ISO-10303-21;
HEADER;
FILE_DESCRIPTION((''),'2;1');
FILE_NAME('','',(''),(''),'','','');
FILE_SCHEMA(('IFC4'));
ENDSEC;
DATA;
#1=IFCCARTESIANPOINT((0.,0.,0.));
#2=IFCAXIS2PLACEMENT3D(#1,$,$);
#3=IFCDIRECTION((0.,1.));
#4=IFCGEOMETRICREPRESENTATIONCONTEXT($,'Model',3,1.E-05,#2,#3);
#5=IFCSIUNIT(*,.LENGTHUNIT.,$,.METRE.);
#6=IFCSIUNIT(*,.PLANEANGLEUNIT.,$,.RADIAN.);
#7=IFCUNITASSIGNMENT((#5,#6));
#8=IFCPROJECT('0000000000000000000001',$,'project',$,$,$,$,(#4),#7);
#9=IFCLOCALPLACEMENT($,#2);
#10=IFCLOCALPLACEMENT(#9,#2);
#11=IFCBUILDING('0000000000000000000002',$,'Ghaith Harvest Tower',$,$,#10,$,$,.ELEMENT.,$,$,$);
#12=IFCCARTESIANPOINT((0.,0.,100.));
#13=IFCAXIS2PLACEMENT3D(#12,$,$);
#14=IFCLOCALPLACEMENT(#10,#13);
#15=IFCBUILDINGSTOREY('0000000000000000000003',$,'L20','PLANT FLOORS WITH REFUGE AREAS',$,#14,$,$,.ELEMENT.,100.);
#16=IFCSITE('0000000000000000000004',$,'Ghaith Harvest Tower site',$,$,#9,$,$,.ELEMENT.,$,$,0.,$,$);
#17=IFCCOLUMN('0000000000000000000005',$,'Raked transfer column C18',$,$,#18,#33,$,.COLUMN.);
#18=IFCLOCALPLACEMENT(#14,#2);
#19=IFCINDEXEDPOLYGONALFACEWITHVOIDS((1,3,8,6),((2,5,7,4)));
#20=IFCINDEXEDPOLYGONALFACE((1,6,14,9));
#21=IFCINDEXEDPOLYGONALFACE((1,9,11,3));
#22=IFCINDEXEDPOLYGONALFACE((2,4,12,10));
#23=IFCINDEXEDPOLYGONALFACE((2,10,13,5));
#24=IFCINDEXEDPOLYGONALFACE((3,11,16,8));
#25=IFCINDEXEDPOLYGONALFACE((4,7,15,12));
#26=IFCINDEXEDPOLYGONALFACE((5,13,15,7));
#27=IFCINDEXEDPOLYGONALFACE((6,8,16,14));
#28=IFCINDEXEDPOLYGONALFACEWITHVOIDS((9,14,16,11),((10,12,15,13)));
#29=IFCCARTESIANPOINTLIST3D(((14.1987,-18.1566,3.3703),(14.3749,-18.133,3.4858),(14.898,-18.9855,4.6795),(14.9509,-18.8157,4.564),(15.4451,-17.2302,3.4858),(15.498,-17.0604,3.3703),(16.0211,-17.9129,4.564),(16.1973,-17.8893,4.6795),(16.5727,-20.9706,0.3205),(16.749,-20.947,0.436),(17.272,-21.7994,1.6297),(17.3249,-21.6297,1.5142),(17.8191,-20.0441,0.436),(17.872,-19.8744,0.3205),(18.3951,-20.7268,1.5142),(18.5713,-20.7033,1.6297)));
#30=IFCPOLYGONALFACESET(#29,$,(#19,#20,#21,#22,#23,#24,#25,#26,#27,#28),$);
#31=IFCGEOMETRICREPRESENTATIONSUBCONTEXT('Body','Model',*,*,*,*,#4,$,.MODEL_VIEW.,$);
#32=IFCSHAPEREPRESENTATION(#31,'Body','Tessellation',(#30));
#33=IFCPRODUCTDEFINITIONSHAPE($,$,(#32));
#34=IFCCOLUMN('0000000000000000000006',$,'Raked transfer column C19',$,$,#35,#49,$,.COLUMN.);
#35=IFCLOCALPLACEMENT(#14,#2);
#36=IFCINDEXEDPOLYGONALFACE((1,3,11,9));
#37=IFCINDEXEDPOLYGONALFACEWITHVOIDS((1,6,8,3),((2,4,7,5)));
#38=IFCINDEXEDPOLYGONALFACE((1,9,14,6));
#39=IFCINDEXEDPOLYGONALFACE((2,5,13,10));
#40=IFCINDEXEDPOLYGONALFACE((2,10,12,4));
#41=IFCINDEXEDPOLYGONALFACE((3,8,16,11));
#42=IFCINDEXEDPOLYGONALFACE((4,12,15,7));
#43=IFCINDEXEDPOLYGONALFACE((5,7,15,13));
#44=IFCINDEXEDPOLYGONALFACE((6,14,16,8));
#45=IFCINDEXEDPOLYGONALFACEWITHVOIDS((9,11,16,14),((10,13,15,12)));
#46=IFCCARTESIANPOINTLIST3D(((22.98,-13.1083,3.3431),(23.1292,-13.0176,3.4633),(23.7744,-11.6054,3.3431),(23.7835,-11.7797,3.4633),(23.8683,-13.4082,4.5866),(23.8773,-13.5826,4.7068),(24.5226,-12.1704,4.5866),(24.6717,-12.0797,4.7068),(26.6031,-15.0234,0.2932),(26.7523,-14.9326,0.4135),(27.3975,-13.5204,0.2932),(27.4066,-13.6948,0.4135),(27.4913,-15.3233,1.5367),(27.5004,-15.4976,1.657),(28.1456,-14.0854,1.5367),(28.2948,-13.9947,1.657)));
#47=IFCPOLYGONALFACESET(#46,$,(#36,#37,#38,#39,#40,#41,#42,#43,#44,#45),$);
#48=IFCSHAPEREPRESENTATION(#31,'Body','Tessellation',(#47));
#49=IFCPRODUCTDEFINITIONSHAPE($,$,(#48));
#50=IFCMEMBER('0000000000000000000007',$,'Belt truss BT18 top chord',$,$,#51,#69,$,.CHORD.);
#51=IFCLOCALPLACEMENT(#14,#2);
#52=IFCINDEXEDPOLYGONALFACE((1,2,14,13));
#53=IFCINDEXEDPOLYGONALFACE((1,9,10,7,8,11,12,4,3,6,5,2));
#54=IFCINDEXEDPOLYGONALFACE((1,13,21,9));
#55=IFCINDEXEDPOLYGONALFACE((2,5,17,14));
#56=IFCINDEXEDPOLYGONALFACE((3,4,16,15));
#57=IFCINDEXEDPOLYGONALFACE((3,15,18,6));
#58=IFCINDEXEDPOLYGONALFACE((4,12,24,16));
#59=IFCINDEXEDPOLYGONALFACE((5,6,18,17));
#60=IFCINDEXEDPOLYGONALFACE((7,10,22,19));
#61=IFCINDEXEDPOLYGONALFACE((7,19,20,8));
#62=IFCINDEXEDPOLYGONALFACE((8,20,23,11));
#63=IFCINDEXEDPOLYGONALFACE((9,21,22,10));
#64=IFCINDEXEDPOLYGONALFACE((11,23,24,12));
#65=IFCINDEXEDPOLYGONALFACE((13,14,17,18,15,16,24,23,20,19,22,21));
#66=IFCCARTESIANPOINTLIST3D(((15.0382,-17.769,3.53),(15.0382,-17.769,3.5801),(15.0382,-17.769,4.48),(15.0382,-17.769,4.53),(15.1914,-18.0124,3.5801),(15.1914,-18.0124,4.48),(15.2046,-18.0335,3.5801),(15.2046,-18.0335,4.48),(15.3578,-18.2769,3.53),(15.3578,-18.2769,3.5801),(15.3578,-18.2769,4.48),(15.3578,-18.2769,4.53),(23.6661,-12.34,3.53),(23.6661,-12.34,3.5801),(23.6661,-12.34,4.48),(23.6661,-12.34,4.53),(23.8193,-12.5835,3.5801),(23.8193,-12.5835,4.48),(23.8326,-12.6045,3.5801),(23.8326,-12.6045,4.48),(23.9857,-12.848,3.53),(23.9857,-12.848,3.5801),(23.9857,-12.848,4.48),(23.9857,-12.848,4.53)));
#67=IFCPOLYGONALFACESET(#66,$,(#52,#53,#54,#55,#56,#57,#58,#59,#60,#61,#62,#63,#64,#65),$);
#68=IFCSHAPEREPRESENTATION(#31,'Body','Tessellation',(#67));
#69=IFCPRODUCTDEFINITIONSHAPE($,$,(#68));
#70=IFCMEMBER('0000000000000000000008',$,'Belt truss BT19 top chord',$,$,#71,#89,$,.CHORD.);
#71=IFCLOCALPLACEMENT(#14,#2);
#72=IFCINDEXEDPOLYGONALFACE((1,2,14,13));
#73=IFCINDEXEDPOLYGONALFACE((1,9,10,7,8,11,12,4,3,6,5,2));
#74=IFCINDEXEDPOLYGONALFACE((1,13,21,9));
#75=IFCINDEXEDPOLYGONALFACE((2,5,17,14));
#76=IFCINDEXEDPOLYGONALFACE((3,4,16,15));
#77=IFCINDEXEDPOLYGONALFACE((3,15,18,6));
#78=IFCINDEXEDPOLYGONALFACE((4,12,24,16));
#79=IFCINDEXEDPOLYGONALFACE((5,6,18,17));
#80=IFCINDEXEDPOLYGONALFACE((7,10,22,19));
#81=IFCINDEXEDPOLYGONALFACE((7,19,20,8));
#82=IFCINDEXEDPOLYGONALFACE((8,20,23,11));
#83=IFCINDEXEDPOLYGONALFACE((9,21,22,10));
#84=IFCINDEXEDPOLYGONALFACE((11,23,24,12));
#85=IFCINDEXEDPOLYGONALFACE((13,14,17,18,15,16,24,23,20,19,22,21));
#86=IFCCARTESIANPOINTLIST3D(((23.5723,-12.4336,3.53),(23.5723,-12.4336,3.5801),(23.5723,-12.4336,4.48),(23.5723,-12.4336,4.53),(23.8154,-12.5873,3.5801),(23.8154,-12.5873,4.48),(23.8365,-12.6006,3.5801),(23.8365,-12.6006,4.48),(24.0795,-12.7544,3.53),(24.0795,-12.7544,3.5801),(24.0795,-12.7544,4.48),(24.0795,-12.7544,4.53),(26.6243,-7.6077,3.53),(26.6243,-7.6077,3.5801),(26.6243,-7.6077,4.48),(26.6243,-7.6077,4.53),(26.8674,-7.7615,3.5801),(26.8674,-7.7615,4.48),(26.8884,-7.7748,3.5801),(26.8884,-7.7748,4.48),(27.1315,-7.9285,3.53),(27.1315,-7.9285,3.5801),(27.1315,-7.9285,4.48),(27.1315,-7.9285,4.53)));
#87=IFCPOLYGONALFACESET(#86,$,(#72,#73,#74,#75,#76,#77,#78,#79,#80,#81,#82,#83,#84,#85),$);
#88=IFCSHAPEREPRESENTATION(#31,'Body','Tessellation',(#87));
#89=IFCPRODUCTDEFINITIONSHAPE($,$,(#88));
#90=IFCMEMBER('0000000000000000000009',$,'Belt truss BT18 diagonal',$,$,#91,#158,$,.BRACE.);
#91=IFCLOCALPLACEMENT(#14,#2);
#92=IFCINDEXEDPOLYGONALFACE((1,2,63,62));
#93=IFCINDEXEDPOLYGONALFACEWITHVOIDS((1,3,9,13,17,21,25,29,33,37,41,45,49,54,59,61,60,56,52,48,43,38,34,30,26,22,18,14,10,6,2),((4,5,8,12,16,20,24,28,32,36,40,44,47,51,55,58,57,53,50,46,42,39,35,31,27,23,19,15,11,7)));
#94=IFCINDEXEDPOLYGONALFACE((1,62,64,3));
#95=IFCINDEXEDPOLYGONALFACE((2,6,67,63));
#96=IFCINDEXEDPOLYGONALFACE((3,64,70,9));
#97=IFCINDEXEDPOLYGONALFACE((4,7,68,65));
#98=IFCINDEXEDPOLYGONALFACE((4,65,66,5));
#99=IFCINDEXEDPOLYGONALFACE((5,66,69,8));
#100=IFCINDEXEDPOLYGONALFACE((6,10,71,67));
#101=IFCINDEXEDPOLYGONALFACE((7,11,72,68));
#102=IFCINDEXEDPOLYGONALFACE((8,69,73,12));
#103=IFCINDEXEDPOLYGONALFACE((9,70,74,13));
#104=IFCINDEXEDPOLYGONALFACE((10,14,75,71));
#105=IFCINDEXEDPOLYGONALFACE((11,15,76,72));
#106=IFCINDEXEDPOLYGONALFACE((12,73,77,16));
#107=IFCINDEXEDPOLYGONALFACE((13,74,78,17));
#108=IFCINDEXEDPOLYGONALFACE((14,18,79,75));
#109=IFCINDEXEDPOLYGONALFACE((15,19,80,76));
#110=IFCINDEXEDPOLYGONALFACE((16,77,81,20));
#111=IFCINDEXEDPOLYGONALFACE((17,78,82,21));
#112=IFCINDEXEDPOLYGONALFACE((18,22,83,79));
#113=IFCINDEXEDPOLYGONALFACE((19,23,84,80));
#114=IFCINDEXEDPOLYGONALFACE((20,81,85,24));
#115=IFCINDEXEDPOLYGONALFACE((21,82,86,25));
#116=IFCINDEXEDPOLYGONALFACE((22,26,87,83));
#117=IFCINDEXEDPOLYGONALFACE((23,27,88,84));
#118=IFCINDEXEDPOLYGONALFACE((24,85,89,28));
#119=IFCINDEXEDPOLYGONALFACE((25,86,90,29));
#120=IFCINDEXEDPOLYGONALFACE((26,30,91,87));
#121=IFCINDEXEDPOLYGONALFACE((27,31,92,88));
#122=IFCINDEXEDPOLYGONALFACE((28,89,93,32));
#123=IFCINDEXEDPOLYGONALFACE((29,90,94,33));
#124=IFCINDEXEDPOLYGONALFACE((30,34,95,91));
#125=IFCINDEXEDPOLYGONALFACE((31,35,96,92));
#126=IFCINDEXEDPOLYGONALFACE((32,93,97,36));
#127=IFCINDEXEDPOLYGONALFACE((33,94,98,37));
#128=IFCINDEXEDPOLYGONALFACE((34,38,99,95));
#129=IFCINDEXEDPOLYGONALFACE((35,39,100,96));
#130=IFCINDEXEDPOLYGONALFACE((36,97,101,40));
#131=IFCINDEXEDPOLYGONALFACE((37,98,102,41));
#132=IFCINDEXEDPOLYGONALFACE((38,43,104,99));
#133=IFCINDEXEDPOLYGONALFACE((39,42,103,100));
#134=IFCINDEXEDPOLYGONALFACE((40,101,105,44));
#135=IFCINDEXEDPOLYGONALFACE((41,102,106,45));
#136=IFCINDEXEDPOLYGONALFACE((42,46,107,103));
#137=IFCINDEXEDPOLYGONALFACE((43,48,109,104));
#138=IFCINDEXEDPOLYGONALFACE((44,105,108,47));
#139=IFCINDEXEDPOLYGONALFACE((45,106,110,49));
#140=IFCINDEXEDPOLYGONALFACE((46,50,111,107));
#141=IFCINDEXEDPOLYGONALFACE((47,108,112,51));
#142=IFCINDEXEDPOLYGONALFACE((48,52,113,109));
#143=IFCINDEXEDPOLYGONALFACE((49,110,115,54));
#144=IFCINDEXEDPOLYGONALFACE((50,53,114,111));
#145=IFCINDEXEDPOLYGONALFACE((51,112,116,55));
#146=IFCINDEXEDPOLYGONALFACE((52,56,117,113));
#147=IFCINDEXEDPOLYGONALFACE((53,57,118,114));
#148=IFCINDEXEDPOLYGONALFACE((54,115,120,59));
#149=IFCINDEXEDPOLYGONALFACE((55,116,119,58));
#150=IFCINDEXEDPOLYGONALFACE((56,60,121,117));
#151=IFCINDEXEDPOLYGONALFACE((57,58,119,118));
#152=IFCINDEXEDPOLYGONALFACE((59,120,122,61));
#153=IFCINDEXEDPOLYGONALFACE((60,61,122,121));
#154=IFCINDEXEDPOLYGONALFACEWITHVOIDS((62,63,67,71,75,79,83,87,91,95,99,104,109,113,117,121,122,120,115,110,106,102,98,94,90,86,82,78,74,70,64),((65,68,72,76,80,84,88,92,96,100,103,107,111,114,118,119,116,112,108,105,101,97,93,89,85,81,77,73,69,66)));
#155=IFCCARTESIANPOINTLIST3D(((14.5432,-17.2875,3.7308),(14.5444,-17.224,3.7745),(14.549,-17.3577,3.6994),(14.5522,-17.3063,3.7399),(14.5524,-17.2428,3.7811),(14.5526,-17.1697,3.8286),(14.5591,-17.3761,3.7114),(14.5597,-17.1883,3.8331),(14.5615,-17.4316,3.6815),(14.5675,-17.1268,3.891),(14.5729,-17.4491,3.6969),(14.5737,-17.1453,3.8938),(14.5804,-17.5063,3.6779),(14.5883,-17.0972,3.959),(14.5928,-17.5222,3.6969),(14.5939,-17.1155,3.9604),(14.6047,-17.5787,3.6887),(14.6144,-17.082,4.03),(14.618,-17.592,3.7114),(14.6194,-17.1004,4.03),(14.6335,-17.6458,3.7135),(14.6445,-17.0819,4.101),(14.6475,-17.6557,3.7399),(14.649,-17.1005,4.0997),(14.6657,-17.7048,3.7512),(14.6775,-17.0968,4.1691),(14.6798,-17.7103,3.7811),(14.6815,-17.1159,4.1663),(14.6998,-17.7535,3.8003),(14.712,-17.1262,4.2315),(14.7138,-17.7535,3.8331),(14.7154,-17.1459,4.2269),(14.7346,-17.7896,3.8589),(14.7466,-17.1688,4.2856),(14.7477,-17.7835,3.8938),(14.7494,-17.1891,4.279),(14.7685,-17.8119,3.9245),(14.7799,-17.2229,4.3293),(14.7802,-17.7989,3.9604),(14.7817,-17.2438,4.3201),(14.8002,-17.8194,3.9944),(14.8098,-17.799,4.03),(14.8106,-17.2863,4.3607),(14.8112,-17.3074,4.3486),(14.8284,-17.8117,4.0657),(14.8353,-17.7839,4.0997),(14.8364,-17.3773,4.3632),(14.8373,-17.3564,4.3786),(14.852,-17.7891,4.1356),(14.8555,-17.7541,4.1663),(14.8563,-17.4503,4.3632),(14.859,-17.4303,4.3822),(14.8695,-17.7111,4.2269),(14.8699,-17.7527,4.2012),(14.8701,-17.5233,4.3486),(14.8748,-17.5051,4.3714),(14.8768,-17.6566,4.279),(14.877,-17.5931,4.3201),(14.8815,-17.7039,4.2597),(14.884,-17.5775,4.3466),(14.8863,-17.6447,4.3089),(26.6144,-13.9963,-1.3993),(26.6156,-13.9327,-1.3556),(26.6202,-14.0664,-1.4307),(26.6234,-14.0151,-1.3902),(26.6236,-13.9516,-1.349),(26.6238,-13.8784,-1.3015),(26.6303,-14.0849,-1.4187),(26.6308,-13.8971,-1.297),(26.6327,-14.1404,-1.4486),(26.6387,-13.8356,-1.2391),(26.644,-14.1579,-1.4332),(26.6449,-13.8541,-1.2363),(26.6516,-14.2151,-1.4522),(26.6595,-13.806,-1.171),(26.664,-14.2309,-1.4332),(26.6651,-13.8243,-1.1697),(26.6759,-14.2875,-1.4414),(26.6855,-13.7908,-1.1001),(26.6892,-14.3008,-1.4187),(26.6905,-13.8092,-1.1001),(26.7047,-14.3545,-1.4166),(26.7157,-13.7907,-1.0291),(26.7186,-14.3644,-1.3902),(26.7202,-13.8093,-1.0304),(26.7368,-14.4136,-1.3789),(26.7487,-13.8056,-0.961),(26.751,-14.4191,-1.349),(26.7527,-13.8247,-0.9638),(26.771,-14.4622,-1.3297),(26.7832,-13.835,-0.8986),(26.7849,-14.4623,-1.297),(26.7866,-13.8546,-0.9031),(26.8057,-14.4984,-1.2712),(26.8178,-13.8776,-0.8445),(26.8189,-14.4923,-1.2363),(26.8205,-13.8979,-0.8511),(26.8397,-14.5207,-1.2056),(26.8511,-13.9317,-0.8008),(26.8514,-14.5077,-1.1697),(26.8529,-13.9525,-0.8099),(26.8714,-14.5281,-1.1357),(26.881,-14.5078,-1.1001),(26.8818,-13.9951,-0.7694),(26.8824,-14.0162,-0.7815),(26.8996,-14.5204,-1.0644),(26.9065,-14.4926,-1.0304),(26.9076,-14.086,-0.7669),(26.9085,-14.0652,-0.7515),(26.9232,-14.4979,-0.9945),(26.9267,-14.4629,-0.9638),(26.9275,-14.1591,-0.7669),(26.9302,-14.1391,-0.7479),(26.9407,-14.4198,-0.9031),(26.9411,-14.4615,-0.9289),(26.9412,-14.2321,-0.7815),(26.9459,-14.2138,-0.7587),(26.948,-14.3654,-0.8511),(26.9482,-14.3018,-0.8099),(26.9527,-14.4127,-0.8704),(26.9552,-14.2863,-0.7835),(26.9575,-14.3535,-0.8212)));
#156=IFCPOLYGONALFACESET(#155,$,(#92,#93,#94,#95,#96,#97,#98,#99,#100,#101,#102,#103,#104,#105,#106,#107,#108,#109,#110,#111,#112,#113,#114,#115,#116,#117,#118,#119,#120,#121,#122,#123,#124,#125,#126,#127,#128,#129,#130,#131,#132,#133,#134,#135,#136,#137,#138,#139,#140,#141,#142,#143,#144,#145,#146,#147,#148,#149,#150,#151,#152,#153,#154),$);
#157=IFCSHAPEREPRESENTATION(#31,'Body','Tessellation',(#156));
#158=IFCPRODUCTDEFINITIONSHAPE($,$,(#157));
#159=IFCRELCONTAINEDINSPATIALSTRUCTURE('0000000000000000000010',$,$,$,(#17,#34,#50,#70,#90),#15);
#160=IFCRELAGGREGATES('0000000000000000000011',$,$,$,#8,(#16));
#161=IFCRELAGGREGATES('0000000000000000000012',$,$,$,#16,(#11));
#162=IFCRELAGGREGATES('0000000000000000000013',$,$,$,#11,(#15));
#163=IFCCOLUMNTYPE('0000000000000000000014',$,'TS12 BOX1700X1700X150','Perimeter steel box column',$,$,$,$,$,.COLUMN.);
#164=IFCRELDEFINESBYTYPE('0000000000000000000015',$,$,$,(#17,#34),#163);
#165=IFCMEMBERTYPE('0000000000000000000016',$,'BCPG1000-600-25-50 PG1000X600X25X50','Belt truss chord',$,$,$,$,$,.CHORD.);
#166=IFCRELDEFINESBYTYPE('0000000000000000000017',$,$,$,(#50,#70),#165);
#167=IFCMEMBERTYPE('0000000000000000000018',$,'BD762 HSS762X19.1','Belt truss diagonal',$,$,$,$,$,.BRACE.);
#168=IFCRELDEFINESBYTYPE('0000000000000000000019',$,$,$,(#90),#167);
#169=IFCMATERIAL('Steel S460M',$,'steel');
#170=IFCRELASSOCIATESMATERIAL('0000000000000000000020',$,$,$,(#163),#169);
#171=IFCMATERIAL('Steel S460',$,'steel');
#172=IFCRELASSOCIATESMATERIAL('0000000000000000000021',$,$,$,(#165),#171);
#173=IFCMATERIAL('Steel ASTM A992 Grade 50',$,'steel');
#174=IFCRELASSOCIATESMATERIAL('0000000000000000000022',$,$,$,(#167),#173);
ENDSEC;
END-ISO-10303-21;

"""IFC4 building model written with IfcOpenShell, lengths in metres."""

from ifc_helpers import new_model, si_unit, direction, frame, origin, origin_2d, place, context, subcontext, project, spatial, hollow_rectangle, hollow_circle, i_section, extrude, material, material_profile, profile_set, type_object, element, save


model = new_model("IFC4")

# Units and contexts
model_context = context("Model", 3, precision=1e-05, world=origin(), true_north=direction((0.0, 1.0)))
body_context = subcontext(model_context, "Body", "Model", "MODEL_VIEW")
ifc_project = project(units=[si_unit("LENGTHUNIT", "METRE"), si_unit("PLANEANGLEUNIT", "RADIAN")], contexts=[model_context])

# Site, building, storey
site_placement = place(None, origin())
site = spatial("IfcSite", under=ifc_project, at=site_placement, Name="Ghaith Harvest Tower site", CompositionType="ELEMENT", RefElevation=0.0)
building_placement = place(site_placement, origin())
building = spatial("IfcBuilding", under=site, at=building_placement, Name="Ghaith Harvest Tower", CompositionType="ELEMENT")
storey_placement = place(building_placement, frame((0.0, 0.0, 100.0)))
storey = spatial("IfcBuildingStorey", under=building, at=storey_placement, Name="L20", Description="PLANT FLOORS WITH REFUGE AREAS", CompositionType="ELEMENT", Elevation=100.0)

# Columns
ifc_material_1 = material(Name="Steel S460M", Category="steel")
ifc_material_profile_1 = material_profile(ifc_material_1, hollow_rectangle(XDim=1.7, YDim=1.7, WallThickness=0.1499, at=origin_2d()), Name="BOX1700X1700X150")
ifc_profile_set_1 = profile_set([ifc_material_profile_1], Name="Steel S460M")
column_type = type_object("IfcColumnType", Name="TS12 BOX1700X1700X150", Description="Perimeter steel box column", PredefinedType="COLUMN", material=ifc_profile_set_1)
column_1_placement = place(storey_placement, frame((17.572, -20.8369, 0.9751), z_axis=(-0.496578, 0.588602, 0.637933), x_axis=(-0.764326, -0.64483, 0.0)))
element("IfcColumn", 1, at=column_1_placement, inside=storey, type_object=column_type, Name="Raked transfer column C18", PredefinedType="COLUMN", context=body_context, shape_type="SweptSolid", body=[
    extrude(hollow_rectangle(XDim=1.7, YDim=1.7, WallThickness=0.1499, at=origin_2d()), origin(), (0.0, 0.0, 1.0), 4.7808),
])
column_2_placement = place(storey_placement, frame((27.449, -14.509, 0.9751), z_axis=(-0.709241, 0.374885, 0.597024), x_axis=(-0.467307, -0.884095, 0.0)))
element("IfcColumn", 2, at=column_2_placement, inside=storey, type_object=column_type, Name="Raked transfer column C19", PredefinedType="COLUMN", context=body_context, shape_type="SweptSolid", body=[
    extrude(hollow_rectangle(XDim=1.7, YDim=1.7, WallThickness=0.1499, at=origin_2d()), origin(), (0.0, 0.0, 1.0), 5.1084),
])

# Members
ifc_material_2 = material(Name="Steel S460", Category="steel")
ifc_material_profile_2 = material_profile(ifc_material_2, i_section(OverallWidth=0.6001, OverallDepth=1.0, WebThickness=0.0249, FlangeThickness=0.05, at=origin_2d()), Name="PG1000X600X25X50")
ifc_profile_set_2 = profile_set([ifc_material_profile_2], Name="Steel S460")
member_type_1 = type_object("IfcMemberType", Name="BCPG1000-600-25-50 PG1000X600X25X50", Description="Belt truss chord", PredefinedType="CHORD", material=ifc_profile_set_2)
member_1_placement = place(storey_placement, frame((15.198, -18.0229, 4.03), z_axis=(0.846385, 0.532571, 0.0), x_axis=(-0.532571, 0.846385, 0.0)))
element("IfcMember", 3, at=member_1_placement, inside=storey, type_object=member_type_1, Name="Belt truss BT18 top chord", PredefinedType="CHORD", context=body_context, shape_type="SweptSolid", body=[
    extrude(i_section(OverallWidth=0.6001, OverallDepth=1.0, WebThickness=0.0249, FlangeThickness=0.05, at=origin_2d()), origin(), (0.0, 0.0, 1.0), 10.1938),
])
member_2_placement = place(storey_placement, frame((23.8259, -12.594, 4.03), z_axis=(0.5345, 0.845169, 0.0), x_axis=(-0.845169, 0.5345, 0.0)))
element("IfcMember", 4, at=member_2_placement, inside=storey, type_object=member_type_1, Name="Belt truss BT19 top chord", PredefinedType="CHORD", context=body_context, shape_type="SweptSolid", body=[
    extrude(i_section(OverallWidth=0.6001, OverallDepth=1.0, WebThickness=0.0249, FlangeThickness=0.05, at=origin_2d()), origin(), (0.0, 0.0, 1.0), 5.71),
])
ifc_material_3 = material(Name="Steel ASTM A992 Grade 50", Category="steel")
ifc_material_profile_3 = material_profile(ifc_material_3, hollow_circle(Radius=0.3811, WallThickness=0.019, at=origin_2d()), Name="HSS762X19.1")
ifc_profile_set_3 = profile_set([ifc_material_profile_3], Name="Steel ASTM A992 Grade 50")
member_type_2 = type_object("IfcMemberType", Name="BD762 HSS762X19.1", Description="Belt truss diagonal", PredefinedType="BRACE", material=ifc_profile_set_3)
member_3_placement = place(storey_placement, frame((14.7146, -17.4497, 4.03), z_axis=(0.892661, 0.243386, -0.379368), x_axis=(-0.26305, 0.964782, 0.0)))
element("IfcMember", 5, at=member_3_placement, inside=storey, type_object=member_type_2, Name="Belt truss BT18 diagonal", PredefinedType="BRACE", context=body_context, shape_type="SweptSolid", body=[
    extrude(hollow_circle(Radius=0.3811, WallThickness=0.019, at=origin_2d()), origin(), (0.0, 0.0, 1.0), 13.5227),
])

save(model, "model.ifc")
